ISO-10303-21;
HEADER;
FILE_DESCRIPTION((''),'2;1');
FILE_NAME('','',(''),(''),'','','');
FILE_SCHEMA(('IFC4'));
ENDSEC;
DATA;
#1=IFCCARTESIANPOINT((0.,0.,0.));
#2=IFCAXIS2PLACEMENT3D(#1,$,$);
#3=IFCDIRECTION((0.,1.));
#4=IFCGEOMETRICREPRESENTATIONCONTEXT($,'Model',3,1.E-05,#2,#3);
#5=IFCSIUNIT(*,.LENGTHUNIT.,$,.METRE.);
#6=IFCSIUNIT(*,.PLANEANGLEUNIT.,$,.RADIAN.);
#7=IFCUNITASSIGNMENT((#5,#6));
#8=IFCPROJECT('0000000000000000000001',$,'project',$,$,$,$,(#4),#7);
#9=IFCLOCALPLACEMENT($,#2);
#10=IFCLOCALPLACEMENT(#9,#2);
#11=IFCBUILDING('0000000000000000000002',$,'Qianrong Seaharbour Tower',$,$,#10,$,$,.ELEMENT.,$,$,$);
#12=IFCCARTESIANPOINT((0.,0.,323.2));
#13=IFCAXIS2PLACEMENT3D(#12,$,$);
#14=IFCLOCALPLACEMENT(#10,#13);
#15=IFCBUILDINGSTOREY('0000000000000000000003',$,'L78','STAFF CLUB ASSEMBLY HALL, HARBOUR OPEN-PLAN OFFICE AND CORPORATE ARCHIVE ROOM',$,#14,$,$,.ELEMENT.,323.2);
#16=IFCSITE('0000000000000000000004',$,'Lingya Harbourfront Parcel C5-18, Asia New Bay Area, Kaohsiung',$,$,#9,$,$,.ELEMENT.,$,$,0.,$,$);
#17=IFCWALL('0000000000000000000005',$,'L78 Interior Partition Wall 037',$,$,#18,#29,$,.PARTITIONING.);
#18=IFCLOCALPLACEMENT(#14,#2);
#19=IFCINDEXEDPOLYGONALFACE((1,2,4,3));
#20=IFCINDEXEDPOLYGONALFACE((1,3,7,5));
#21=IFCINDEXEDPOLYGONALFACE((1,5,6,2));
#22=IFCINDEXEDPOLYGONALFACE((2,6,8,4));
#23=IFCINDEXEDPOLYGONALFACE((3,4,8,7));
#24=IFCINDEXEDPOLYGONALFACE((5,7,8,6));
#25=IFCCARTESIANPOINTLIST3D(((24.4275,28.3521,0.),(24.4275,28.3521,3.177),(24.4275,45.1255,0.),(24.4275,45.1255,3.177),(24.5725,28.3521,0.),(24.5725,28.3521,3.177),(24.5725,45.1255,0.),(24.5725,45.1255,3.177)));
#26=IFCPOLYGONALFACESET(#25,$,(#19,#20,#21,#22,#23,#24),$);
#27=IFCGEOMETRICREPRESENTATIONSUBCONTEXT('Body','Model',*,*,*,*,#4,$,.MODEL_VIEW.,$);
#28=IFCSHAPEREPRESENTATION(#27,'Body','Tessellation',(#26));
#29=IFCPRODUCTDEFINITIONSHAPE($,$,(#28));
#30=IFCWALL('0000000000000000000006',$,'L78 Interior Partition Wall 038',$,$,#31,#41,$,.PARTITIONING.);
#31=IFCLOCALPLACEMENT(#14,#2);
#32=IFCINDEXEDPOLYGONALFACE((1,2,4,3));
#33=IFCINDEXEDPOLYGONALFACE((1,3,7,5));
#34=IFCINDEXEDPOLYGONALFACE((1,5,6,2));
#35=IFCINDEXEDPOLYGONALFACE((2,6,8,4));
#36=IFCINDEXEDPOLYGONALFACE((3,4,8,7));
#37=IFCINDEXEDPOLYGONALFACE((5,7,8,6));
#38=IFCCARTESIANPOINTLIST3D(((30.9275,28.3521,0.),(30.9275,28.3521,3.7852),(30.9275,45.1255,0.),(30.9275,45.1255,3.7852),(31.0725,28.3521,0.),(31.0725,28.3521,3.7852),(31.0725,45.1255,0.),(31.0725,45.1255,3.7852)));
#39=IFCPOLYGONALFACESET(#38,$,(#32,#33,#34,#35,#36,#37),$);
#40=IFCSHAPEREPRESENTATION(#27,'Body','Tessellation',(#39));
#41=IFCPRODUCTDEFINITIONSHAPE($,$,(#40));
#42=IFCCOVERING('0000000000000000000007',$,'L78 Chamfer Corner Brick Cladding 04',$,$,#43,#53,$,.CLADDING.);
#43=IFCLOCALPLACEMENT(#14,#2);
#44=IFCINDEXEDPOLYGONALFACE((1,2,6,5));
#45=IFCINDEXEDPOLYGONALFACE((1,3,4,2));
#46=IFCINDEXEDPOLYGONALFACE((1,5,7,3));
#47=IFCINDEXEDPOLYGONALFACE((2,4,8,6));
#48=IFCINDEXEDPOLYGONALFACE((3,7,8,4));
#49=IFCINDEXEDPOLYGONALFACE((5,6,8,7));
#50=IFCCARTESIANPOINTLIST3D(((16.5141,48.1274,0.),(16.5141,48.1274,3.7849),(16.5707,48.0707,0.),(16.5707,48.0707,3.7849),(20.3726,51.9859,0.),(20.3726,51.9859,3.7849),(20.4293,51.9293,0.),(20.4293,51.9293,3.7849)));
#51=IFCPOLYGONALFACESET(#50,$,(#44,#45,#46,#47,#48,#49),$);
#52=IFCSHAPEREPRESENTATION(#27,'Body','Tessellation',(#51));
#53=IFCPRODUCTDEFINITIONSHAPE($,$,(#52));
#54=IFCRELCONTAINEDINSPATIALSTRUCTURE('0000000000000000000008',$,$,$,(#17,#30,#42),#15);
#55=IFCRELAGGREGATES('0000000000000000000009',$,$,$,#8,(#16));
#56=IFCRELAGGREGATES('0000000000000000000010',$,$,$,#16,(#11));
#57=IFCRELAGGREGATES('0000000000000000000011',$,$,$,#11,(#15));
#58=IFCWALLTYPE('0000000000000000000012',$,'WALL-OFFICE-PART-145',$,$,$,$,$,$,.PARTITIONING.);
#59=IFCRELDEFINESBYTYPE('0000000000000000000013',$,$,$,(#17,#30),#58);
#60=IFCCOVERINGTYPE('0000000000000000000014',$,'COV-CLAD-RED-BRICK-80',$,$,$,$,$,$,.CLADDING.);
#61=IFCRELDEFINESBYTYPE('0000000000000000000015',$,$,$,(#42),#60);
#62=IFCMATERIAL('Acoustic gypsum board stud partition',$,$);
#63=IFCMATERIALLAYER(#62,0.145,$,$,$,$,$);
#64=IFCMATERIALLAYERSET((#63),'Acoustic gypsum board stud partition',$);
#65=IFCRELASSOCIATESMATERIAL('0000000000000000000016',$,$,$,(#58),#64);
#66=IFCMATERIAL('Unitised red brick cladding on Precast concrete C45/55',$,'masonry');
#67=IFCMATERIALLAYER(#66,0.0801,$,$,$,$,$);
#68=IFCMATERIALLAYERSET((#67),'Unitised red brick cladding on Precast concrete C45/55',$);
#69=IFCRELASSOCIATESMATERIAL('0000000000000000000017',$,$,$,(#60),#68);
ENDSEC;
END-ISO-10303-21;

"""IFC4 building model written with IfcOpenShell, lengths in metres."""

from ifc_helpers import new_model, si_unit, direction, frame, frame_2d, origin, origin_2d, place, context, subcontext, project, spatial, rectangle, extrude, material, layer, layer_set, type_object, element, save


model = new_model("IFC4")

# Units and contexts
model_context = context("Model", 3, precision=1e-05, world=origin(), true_north=direction((0.0, 1.0)))
body_context = subcontext(model_context, "Body", "Model", "MODEL_VIEW")
ifc_project = project(units=[si_unit("LENGTHUNIT", "METRE"), si_unit("PLANEANGLEUNIT", "RADIAN")], contexts=[model_context])

# Site, building, storey
site_placement = place(None, origin())
site = spatial("IfcSite", under=ifc_project, at=site_placement, Name="Lingya Harbourfront Parcel C5-18, Asia New Bay Area, Kaohsiung", CompositionType="ELEMENT", RefElevation=0.0)
building_placement = place(site_placement, origin())
building = spatial("IfcBuilding", under=site, at=building_placement, Name="Qianrong Seaharbour Tower", CompositionType="ELEMENT")
storey_placement = place(building_placement, frame((0.0, 0.0, 323.2)))
storey = spatial("IfcBuildingStorey", under=building, at=storey_placement, Name="L78", Description="STAFF CLUB ASSEMBLY HALL, HARBOUR OPEN-PLAN OFFICE AND CORPORATE ARCHIVE ROOM", CompositionType="ELEMENT", Elevation=323.2)

# Walls
ifc_material_1 = material(Name="Acoustic gypsum board stud partition")
ifc_layer_1 = layer(ifc_material_1, 0.145)
ifc_layer_set_1 = layer_set([ifc_layer_1], Name="Acoustic gypsum board stud partition")
wall_type_1 = type_object("IfcWallType", Name="WALL-OFFICE-PART-145", PredefinedType="PARTITIONING", material=ifc_layer_set_1)
wall_1_placement = place(storey_placement, frame((24.5, 45.1255, 0.0), z_axis=(0.0, 0.0, 1.0), x_axis=(0.0, -1.0, 0.0)))
element("IfcWall", 1, at=wall_1_placement, inside=storey, type_object=wall_type_1, Name="L78 Interior Partition Wall 037", PredefinedType="PARTITIONING", context=body_context, shape_type="SweptSolid", body=[
    extrude(rectangle(XDim=16.7734, YDim=0.145, at=frame_2d((8.3867, 0.0))), origin(), (0.0, 0.0, 1.0), 3.177),
])
wall_2_placement = place(storey_placement, frame((31.0, 45.1255, 0.0), z_axis=(0.0, 0.0, 1.0), x_axis=(0.0, -1.0, 0.0)))
element("IfcWall", 2, at=wall_2_placement, inside=storey, type_object=wall_type_1, Name="L78 Interior Partition Wall 038", PredefinedType="PARTITIONING", context=body_context, shape_type="SweptSolid", body=[
    extrude(rectangle(XDim=16.7734, YDim=0.145, at=frame_2d((8.3867, 0.0))), origin(), (0.0, 0.0, 1.0), 3.7852),
])

# Covering
ifc_material_2 = material(Name="Unitised red brick cladding on Precast concrete C45/55", Category="masonry")
ifc_layer_2 = layer(ifc_material_2, 0.0801)
ifc_layer_set_2 = layer_set([ifc_layer_2], Name="Unitised red brick cladding on Precast concrete C45/55")
covering_type = type_object("IfcCoveringType", Name="COV-CLAD-RED-BRICK-80", PredefinedType="CLADDING", material=ifc_layer_set_2)
covering_placement = place(storey_placement, frame((18.4717, 50.0283, 0.0), z_axis=(0.0, 0.0, 1.0), x_axis=(0.707107, 0.707107, 0.0)))
element("IfcCovering", 3, at=covering_placement, inside=storey, type_object=covering_type, Name="L78 Chamfer Corner Brick Cladding 04", PredefinedType="CLADDING", context=body_context, shape_type="SweptSolid", body=[
    extrude(rectangle(XDim=5.4568, YDim=0.0801, at=origin_2d()), origin(), (0.0, 0.0, 1.0), 3.7849),
])

save(model, "model.ifc")
